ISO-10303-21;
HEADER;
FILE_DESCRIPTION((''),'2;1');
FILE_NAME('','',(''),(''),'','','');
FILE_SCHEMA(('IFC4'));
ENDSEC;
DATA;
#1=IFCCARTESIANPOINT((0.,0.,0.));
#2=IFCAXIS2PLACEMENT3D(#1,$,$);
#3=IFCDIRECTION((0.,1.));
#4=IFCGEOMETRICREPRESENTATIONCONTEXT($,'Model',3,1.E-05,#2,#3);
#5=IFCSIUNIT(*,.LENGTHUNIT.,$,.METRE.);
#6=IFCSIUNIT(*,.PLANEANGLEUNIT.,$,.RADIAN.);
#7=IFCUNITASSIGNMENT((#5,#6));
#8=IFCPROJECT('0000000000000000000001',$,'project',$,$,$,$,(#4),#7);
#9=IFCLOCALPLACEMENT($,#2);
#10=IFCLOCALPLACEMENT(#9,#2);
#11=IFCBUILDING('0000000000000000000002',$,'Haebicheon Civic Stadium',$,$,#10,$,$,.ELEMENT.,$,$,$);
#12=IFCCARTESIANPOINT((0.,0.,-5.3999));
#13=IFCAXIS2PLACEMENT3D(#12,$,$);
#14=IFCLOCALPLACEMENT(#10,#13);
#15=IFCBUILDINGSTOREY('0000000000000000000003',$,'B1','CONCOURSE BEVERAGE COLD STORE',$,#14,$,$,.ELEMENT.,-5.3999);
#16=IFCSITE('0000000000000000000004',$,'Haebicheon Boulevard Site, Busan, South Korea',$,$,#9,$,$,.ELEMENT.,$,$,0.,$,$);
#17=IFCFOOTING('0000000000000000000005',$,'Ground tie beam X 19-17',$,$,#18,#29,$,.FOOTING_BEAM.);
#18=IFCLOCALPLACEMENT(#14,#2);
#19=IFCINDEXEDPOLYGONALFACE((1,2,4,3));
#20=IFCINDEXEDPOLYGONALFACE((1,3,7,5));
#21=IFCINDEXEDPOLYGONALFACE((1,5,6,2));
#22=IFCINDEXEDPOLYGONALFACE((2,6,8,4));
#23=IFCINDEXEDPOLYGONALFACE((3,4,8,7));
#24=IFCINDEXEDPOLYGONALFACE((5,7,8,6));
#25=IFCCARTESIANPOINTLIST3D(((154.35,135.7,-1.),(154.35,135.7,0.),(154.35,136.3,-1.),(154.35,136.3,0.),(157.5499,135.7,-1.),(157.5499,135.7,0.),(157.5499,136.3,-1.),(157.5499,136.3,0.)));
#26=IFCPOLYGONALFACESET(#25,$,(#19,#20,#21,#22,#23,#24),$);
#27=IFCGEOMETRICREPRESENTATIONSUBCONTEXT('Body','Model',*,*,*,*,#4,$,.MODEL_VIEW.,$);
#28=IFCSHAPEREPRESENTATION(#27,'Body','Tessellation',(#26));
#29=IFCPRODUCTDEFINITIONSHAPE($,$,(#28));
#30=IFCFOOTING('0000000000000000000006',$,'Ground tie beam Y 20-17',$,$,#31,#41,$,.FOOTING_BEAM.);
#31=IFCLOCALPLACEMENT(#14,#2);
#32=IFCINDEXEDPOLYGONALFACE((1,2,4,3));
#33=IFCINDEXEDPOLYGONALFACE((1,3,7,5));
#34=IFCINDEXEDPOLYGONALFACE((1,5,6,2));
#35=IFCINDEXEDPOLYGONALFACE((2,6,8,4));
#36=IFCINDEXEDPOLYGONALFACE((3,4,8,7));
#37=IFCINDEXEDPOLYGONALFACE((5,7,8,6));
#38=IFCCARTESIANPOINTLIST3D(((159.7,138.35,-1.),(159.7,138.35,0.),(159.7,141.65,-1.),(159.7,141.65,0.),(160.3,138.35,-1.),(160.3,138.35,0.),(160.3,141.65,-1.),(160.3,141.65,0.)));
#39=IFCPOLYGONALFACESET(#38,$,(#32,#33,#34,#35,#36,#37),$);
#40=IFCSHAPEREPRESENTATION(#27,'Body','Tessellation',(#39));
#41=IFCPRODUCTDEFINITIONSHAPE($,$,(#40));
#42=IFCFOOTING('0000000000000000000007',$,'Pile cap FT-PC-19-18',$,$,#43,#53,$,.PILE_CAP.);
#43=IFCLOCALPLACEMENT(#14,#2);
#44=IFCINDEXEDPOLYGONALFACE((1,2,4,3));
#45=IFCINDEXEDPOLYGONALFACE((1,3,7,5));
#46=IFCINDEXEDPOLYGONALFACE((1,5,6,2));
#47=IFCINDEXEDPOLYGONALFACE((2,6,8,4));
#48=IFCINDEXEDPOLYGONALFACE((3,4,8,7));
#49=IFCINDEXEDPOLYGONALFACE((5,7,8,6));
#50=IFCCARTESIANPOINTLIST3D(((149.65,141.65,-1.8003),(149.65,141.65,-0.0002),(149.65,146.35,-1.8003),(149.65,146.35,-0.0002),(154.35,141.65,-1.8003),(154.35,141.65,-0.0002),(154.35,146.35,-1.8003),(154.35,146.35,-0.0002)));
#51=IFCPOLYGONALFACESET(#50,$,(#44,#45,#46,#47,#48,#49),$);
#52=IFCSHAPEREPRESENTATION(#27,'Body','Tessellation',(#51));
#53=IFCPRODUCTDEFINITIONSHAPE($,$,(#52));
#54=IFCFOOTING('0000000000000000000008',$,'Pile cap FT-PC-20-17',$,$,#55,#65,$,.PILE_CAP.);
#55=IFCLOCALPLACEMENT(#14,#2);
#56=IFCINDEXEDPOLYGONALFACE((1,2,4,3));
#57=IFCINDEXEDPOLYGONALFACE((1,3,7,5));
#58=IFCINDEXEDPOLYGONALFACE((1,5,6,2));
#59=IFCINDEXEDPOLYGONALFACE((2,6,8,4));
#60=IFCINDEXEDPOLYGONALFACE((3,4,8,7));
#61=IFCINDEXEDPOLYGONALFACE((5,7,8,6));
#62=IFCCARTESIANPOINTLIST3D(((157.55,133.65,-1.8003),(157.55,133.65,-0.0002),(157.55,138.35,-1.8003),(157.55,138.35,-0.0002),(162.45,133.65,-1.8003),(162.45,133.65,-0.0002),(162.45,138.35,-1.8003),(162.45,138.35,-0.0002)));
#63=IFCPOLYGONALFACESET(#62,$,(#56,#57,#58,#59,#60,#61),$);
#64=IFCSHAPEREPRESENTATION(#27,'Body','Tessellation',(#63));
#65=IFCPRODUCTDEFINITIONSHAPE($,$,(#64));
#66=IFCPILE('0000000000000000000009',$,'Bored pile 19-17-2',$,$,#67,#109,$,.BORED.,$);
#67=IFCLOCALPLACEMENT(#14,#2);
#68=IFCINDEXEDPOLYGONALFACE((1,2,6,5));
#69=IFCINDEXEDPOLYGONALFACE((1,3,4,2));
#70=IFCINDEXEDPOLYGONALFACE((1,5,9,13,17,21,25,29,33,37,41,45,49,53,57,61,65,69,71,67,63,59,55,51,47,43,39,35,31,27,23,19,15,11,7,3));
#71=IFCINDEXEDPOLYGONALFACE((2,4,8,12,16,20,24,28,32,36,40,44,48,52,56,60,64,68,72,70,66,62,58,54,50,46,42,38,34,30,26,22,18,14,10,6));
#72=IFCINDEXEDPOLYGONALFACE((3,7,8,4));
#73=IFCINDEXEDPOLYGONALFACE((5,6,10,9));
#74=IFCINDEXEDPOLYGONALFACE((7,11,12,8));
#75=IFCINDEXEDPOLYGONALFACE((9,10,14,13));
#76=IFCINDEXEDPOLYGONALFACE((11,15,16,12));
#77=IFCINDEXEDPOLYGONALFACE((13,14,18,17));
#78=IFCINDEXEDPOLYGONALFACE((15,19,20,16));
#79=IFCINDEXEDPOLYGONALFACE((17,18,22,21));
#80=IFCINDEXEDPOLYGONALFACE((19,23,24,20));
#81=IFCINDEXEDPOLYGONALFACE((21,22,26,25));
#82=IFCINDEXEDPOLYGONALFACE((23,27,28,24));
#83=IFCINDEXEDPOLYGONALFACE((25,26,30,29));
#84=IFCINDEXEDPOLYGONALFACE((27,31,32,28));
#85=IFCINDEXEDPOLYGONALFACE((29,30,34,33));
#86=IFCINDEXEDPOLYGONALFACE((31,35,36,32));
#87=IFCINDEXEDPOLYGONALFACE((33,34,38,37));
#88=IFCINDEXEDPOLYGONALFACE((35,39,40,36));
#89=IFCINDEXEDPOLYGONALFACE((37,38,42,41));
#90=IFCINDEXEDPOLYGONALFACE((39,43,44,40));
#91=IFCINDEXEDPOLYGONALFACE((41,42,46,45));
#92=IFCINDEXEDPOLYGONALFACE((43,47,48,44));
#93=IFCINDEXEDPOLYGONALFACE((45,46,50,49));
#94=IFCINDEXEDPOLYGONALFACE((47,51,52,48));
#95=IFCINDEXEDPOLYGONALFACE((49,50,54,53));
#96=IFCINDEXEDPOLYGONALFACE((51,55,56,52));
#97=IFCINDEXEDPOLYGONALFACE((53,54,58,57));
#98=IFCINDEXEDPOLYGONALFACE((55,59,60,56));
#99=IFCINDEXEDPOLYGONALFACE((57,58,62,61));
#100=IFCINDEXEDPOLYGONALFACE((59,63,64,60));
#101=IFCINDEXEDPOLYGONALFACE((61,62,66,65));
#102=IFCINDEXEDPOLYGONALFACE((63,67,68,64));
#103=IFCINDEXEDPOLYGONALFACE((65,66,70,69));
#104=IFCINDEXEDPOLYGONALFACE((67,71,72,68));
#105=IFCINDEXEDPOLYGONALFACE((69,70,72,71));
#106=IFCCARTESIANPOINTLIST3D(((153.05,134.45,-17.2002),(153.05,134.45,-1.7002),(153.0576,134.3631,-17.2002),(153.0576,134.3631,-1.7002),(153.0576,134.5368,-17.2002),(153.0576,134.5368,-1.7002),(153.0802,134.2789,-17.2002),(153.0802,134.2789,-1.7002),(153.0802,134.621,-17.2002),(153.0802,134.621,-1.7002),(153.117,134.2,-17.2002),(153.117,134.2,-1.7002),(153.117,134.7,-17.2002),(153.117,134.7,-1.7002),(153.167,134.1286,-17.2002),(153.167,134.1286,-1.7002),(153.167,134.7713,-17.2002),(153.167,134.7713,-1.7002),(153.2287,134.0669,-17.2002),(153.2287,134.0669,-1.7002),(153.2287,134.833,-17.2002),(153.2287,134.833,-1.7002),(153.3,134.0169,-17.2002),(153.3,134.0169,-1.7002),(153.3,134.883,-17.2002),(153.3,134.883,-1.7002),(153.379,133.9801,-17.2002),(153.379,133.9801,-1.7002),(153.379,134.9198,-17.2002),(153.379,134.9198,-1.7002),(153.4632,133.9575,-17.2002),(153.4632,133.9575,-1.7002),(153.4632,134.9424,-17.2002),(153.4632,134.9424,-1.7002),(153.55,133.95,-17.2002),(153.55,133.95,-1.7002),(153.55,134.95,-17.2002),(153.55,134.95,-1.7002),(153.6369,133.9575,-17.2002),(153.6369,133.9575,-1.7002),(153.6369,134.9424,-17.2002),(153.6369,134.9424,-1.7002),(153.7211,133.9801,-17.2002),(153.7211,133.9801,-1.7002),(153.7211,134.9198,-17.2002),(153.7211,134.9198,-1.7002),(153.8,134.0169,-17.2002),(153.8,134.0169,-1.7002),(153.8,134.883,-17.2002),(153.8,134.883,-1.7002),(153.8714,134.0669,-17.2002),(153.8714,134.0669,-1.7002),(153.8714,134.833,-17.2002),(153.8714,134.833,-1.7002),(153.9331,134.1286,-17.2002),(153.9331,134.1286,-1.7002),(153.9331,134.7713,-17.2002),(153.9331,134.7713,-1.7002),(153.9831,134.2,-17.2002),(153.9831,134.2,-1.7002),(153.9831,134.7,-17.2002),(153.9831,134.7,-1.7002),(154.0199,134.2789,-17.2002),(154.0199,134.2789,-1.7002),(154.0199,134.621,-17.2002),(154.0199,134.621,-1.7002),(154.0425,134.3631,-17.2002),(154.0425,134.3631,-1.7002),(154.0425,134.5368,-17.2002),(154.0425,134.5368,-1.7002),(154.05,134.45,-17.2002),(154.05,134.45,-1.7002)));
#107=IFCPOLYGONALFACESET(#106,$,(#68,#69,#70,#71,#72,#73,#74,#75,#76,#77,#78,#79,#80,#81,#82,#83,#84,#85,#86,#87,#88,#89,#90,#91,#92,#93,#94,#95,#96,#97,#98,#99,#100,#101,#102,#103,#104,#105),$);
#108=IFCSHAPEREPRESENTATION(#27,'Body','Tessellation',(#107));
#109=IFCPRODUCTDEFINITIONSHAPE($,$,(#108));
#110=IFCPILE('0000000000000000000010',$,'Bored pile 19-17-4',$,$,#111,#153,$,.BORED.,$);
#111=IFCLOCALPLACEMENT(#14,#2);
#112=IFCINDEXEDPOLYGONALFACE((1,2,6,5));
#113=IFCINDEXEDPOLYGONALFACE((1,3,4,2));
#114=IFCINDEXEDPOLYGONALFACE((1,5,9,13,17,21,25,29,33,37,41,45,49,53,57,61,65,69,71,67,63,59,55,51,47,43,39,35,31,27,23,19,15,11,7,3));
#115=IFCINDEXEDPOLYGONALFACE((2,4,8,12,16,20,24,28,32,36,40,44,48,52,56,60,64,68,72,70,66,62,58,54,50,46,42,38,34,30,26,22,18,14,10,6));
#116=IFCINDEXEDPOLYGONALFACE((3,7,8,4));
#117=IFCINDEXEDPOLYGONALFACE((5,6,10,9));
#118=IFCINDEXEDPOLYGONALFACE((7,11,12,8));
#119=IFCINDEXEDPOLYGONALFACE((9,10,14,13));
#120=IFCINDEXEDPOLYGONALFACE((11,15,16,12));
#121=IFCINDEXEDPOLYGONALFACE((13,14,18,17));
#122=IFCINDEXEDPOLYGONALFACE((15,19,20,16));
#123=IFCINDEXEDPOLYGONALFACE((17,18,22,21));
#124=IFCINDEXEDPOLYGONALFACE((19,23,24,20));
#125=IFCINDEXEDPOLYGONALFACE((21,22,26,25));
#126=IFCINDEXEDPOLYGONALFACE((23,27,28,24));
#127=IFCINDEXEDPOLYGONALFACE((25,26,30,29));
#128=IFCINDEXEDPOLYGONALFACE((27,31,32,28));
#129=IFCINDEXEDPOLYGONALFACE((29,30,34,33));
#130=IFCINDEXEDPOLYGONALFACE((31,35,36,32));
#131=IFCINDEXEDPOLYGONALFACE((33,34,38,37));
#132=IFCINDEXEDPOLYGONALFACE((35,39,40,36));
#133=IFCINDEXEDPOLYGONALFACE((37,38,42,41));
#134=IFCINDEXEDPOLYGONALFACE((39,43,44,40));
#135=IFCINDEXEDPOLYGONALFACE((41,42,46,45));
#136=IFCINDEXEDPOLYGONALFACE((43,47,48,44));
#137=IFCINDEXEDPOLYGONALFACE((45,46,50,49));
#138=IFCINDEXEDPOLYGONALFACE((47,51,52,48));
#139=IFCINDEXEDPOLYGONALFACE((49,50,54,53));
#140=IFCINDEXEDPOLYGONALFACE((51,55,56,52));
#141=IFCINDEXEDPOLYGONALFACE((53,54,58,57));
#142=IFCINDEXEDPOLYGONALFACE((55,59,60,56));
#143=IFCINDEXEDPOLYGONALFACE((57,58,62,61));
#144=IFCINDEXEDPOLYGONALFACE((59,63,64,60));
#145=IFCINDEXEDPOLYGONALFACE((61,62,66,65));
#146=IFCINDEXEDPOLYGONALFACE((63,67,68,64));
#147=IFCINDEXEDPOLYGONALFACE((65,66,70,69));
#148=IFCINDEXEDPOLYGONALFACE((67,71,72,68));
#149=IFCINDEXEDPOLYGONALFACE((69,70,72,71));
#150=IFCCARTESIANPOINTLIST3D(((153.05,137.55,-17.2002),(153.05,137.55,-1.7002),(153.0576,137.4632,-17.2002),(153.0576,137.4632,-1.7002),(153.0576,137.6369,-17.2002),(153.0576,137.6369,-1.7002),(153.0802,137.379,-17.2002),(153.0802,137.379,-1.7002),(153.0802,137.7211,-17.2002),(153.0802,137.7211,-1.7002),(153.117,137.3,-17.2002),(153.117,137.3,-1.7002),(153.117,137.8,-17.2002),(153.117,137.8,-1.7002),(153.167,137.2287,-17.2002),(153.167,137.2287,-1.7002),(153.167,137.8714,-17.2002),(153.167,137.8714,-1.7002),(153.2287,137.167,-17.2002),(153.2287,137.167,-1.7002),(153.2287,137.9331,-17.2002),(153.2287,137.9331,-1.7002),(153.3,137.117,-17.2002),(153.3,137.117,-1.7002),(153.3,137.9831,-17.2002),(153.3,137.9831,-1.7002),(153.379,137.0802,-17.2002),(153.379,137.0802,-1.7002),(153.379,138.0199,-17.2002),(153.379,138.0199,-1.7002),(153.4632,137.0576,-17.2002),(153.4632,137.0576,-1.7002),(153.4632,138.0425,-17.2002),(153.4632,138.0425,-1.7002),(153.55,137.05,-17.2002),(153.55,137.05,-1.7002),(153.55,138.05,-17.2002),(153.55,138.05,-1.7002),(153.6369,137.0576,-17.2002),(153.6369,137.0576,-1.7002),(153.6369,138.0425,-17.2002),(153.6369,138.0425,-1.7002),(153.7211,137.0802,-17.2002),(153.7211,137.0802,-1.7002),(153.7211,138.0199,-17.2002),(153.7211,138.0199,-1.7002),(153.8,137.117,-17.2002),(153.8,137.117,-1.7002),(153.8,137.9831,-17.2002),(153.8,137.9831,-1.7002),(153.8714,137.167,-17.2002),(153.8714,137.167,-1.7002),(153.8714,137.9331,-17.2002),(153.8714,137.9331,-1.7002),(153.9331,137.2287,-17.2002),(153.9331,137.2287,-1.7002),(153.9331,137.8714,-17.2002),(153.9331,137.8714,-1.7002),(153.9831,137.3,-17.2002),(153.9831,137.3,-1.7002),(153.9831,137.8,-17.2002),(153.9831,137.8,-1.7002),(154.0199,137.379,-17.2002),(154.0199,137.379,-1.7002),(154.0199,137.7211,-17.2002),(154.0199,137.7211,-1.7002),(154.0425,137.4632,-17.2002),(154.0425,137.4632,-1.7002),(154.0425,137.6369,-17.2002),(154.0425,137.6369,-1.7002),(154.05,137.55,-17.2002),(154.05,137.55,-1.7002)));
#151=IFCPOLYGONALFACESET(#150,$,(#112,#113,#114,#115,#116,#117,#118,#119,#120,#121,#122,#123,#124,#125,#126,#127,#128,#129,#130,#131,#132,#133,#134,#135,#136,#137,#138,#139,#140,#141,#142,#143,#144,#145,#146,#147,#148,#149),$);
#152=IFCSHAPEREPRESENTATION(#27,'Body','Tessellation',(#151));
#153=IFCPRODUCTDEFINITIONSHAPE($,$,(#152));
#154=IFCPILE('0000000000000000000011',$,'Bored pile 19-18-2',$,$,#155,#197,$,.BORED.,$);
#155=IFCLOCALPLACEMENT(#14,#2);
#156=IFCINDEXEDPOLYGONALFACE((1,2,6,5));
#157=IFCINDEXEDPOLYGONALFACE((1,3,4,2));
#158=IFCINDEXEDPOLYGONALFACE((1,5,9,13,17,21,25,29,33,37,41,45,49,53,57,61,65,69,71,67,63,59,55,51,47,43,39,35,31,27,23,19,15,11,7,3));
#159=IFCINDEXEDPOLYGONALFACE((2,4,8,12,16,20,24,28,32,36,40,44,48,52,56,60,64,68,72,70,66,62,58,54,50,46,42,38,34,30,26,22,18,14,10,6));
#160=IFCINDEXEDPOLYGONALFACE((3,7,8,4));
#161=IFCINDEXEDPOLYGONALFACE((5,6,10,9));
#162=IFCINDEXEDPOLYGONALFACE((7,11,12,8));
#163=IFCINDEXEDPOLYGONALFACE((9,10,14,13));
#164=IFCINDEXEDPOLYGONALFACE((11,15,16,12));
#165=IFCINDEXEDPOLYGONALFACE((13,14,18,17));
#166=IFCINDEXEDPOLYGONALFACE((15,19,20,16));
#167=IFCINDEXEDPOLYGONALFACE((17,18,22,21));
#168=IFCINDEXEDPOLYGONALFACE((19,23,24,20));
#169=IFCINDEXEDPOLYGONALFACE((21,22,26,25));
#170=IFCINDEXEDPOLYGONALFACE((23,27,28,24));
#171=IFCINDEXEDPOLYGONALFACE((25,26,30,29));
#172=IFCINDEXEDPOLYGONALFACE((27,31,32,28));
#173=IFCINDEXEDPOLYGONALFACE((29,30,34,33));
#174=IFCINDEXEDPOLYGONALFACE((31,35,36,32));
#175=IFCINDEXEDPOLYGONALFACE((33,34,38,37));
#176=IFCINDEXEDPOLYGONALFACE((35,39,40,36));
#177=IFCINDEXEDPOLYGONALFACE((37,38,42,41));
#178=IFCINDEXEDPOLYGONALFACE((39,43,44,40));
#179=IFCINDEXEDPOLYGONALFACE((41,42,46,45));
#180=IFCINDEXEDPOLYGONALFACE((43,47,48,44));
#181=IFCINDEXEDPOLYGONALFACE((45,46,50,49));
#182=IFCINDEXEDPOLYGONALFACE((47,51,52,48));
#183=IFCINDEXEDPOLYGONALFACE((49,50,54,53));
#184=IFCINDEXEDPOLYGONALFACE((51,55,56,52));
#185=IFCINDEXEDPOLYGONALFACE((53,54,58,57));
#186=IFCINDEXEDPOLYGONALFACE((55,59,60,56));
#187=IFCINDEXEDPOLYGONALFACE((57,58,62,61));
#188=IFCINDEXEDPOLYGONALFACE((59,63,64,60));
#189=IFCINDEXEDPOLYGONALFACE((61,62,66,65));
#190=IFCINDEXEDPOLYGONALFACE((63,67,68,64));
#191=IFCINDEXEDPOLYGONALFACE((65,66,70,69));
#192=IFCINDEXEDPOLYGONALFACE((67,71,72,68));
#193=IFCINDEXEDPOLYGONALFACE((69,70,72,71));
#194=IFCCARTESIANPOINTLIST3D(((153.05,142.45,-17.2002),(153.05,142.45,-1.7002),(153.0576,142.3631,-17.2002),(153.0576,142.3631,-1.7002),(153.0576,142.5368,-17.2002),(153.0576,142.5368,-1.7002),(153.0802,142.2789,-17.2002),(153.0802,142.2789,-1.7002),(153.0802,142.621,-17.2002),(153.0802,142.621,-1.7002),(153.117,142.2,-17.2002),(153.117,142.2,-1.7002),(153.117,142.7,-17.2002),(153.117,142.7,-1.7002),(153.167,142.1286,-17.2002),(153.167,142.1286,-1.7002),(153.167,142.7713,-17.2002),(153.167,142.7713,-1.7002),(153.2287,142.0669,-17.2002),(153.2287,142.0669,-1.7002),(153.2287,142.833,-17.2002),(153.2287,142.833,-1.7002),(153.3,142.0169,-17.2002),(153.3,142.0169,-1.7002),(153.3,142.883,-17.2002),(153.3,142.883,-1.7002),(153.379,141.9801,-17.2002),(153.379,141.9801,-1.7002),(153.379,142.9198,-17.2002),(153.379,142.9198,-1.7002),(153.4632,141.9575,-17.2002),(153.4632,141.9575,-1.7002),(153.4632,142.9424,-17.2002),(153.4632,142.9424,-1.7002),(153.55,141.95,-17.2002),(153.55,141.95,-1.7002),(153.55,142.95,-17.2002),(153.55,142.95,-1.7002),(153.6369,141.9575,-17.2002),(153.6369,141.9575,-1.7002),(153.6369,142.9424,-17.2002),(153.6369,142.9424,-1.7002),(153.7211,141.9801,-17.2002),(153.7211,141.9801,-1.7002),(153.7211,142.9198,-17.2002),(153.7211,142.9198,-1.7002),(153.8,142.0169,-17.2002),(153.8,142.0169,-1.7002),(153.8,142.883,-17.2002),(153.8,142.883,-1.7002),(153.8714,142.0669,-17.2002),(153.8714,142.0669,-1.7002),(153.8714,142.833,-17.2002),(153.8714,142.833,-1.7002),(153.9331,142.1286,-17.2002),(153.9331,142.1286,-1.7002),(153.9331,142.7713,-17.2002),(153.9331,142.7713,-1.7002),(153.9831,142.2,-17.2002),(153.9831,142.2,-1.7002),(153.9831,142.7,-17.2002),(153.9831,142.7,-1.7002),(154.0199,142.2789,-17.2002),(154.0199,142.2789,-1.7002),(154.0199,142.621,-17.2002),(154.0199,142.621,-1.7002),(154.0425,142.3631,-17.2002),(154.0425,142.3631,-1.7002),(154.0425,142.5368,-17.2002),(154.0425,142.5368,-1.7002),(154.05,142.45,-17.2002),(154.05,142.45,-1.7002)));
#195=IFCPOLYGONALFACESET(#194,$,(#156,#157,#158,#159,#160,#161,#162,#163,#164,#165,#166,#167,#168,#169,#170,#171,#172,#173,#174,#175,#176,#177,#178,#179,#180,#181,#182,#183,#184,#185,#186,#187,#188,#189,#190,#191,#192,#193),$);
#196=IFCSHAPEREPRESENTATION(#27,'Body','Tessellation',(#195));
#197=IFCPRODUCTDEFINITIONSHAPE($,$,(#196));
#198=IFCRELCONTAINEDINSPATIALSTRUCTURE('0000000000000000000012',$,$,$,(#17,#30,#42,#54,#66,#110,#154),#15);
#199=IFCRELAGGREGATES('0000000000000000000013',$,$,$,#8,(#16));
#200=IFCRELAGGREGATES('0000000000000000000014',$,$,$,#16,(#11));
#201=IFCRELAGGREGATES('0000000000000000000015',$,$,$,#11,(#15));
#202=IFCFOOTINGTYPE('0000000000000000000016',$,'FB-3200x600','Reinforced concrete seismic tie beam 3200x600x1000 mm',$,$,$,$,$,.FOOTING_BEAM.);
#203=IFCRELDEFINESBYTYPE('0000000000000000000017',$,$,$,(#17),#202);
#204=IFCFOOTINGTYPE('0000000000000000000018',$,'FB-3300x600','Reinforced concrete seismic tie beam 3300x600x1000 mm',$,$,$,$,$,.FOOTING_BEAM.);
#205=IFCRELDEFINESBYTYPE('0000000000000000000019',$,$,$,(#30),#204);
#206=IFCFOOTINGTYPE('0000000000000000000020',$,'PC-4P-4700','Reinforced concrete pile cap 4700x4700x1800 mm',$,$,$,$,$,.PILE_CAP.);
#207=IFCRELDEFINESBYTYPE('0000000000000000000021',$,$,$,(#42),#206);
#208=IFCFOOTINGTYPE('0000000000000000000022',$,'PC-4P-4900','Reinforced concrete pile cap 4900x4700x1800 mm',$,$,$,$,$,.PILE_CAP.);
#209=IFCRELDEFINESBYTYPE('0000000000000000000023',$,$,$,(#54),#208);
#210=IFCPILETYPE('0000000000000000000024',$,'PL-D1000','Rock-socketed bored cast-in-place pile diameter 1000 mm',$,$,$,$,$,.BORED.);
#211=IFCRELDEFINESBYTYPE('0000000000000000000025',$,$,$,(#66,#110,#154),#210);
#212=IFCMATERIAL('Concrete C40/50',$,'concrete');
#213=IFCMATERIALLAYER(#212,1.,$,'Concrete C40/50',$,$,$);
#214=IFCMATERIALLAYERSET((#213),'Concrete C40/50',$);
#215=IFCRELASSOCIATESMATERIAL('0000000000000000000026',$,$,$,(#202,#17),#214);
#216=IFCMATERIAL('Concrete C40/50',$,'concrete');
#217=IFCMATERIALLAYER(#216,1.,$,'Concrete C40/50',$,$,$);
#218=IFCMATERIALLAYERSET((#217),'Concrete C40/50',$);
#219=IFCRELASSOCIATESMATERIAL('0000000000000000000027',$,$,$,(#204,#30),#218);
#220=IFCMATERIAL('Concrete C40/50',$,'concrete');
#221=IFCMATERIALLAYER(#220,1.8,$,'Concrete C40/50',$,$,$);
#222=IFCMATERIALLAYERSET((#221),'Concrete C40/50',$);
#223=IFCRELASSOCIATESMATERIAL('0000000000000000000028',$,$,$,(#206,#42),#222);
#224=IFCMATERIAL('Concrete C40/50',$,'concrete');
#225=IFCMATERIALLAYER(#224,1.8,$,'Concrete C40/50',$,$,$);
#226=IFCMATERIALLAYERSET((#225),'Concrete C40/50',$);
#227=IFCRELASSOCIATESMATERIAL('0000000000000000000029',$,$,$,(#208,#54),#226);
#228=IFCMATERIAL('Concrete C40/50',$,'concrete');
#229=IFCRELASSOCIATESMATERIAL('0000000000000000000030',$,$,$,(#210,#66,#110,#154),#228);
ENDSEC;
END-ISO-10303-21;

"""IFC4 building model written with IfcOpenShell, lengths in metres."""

from ifc_helpers import new_model, si_unit, direction, frame, origin, origin_2d, place, context, subcontext, project, spatial, rectangle, circle, extrude, material, layer, layer_set, material_profile, profile_set, type_object, element, save


model = new_model("IFC4")

# Units and contexts
model_context = context("Model", 3, precision=1e-05, world=origin(), true_north=direction((0.0, 1.0)))
body_context = subcontext(model_context, "Body", "Model", "MODEL_VIEW")
ifc_project = project(units=[si_unit("LENGTHUNIT", "METRE"), si_unit("PLANEANGLEUNIT", "RADIAN")], contexts=[model_context])

# Site, building, storey
site_placement = place(None, origin())
site = spatial("IfcSite", under=ifc_project, at=site_placement, Name="Haebicheon Boulevard Site, Busan, South Korea", CompositionType="ELEMENT", RefElevation=0.0)
building_placement = place(site_placement, origin())
building = spatial("IfcBuilding", under=site, at=building_placement, Name="Haebicheon Civic Stadium", CompositionType="ELEMENT")
storey_placement = place(building_placement, frame((0.0, 0.0, -5.3999)))
storey = spatial("IfcBuildingStorey", under=building, at=storey_placement, Name="B1", Description="CONCOURSE BEVERAGE COLD STORE", CompositionType="ELEMENT", Elevation=-5.3999)

# Footings
ifc_material_1 = material(Name="Concrete C40/50", Category="concrete")
ifc_layer_1 = layer(ifc_material_1, 1.0, Name="Concrete C40/50")
ifc_layer_set_1 = layer_set([ifc_layer_1], Name="Concrete C40/50")
footing_type_1 = type_object("IfcFootingType", Name="FB-3200x600", Description="Reinforced concrete seismic tie beam 3200x600x1000 mm", PredefinedType="FOOTING_BEAM", material=ifc_layer_set_1)
footing_1_placement = place(storey_placement, frame((155.95, 136.0, -1.0), z_axis=(0.0, 0.0, 1.0), x_axis=(1.0, 0.0, 0.0)))
element("IfcFooting", 1, at=footing_1_placement, inside=storey, type_object=footing_type_1, material=ifc_layer_set_1, Name="Ground tie beam X 19-17", PredefinedType="FOOTING_BEAM", context=body_context, shape_type="SweptSolid", body=[
    extrude(rectangle(XDim=3.2, YDim=0.6001, at=origin_2d()), origin(), (0.0, 0.0, 1.0), 1.0),
])
ifc_material_2 = material(Name="Concrete C40/50", Category="concrete")
ifc_layer_2 = layer(ifc_material_2, 1.0, Name="Concrete C40/50")
ifc_layer_set_2 = layer_set([ifc_layer_2], Name="Concrete C40/50")
footing_type_2 = type_object("IfcFootingType", Name="FB-3300x600", Description="Reinforced concrete seismic tie beam 3300x600x1000 mm", PredefinedType="FOOTING_BEAM", material=ifc_layer_set_2)
footing_2_placement = place(storey_placement, frame((160.0, 140.0, -1.0), z_axis=(0.0, 0.0, 1.0), x_axis=(0.0, 1.0, 0.0)))
element("IfcFooting", 2, at=footing_2_placement, inside=storey, type_object=footing_type_2, material=ifc_layer_set_2, Name="Ground tie beam Y 20-17", PredefinedType="FOOTING_BEAM", context=body_context, shape_type="SweptSolid", body=[
    extrude(rectangle(XDim=3.3, YDim=0.6001, at=origin_2d()), origin(), (0.0, 0.0, 1.0), 1.0),
])
ifc_material_3 = material(Name="Concrete C40/50", Category="concrete")
ifc_layer_3 = layer(ifc_material_3, 1.8, Name="Concrete C40/50")
ifc_layer_set_3 = layer_set([ifc_layer_3], Name="Concrete C40/50")
footing_type_3 = type_object("IfcFootingType", Name="PC-4P-4700", Description="Reinforced concrete pile cap 4700x4700x1800 mm", PredefinedType="PILE_CAP", material=ifc_layer_set_3)
footing_3_placement = place(storey_placement, frame((152.0, 144.0, -1.8003), z_axis=(0.0, 0.0, 1.0), x_axis=(1.0, 0.0, 0.0)))
element("IfcFooting", 3, at=footing_3_placement, inside=storey, type_object=footing_type_3, material=ifc_layer_set_3, Name="Pile cap FT-PC-19-18", PredefinedType="PILE_CAP", context=body_context, shape_type="SweptSolid", body=[
    extrude(rectangle(XDim=4.7, YDim=4.7, at=origin_2d()), origin(), (0.0, 0.0, 1.0), 1.8),
])
ifc_material_4 = material(Name="Concrete C40/50", Category="concrete")
ifc_layer_4 = layer(ifc_material_4, 1.8, Name="Concrete C40/50")
ifc_layer_set_4 = layer_set([ifc_layer_4], Name="Concrete C40/50")
footing_type_4 = type_object("IfcFootingType", Name="PC-4P-4900", Description="Reinforced concrete pile cap 4900x4700x1800 mm", PredefinedType="PILE_CAP", material=ifc_layer_set_4)
footing_4_placement = place(storey_placement, frame((160.0, 136.0, -1.8003), z_axis=(0.0, 0.0, 1.0), x_axis=(1.0, 0.0, 0.0)))
element("IfcFooting", 4, at=footing_4_placement, inside=storey, type_object=footing_type_4, material=ifc_layer_set_4, Name="Pile cap FT-PC-20-17", PredefinedType="PILE_CAP", context=body_context, shape_type="SweptSolid", body=[
    extrude(rectangle(XDim=4.8999, YDim=4.7, at=origin_2d()), origin(), (0.0, 0.0, 1.0), 1.8),
])

# Piles
ifc_material_5 = material(Name="Concrete C40/50", Category="concrete")
ifc_material_profile_1 = material_profile(ifc_material_5, circle(Radius=0.5, at=origin_2d()), Name="PILE-D1000")
ifc_profile_set_1 = profile_set([ifc_material_profile_1], Name="Concrete C40/50")
pile_type_1 = type_object("IfcPileType", Name="PL-D1000", Description="Rock-socketed bored cast-in-place pile diameter 1000 mm", PredefinedType="BORED", material=ifc_profile_set_1)
for number, where, z_axis, x_axis, name in (
    (5, (153.55, 134.45, -1.7002), (0.0, 0.0, -1.0), (1.0, 0.0, 0.0), "Bored pile 19-17-2"),
    (6, (153.55, 137.55, -1.7002), (0.0, 0.0, -1.0), (1.0, 0.0, 0.0), "Bored pile 19-17-4"),
    (7, (153.55, 142.45, -1.7002), (0.0, 0.0, -1.0), (1.0, 0.0, 0.0), "Bored pile 19-18-2"),
):
    element("IfcPile", number, at=place(storey_placement, frame(where, z_axis=z_axis, x_axis=x_axis)), inside=storey, type_object=pile_type_1, material=ifc_profile_set_1, Name=name, PredefinedType="BORED", context=body_context, shape_type="SweptSolid", body=[
        extrude(circle(Radius=0.5, at=origin_2d()), origin(), (0.0, 0.0, 1.0), 15.5),
    ])

save(model, "model.ifc")
